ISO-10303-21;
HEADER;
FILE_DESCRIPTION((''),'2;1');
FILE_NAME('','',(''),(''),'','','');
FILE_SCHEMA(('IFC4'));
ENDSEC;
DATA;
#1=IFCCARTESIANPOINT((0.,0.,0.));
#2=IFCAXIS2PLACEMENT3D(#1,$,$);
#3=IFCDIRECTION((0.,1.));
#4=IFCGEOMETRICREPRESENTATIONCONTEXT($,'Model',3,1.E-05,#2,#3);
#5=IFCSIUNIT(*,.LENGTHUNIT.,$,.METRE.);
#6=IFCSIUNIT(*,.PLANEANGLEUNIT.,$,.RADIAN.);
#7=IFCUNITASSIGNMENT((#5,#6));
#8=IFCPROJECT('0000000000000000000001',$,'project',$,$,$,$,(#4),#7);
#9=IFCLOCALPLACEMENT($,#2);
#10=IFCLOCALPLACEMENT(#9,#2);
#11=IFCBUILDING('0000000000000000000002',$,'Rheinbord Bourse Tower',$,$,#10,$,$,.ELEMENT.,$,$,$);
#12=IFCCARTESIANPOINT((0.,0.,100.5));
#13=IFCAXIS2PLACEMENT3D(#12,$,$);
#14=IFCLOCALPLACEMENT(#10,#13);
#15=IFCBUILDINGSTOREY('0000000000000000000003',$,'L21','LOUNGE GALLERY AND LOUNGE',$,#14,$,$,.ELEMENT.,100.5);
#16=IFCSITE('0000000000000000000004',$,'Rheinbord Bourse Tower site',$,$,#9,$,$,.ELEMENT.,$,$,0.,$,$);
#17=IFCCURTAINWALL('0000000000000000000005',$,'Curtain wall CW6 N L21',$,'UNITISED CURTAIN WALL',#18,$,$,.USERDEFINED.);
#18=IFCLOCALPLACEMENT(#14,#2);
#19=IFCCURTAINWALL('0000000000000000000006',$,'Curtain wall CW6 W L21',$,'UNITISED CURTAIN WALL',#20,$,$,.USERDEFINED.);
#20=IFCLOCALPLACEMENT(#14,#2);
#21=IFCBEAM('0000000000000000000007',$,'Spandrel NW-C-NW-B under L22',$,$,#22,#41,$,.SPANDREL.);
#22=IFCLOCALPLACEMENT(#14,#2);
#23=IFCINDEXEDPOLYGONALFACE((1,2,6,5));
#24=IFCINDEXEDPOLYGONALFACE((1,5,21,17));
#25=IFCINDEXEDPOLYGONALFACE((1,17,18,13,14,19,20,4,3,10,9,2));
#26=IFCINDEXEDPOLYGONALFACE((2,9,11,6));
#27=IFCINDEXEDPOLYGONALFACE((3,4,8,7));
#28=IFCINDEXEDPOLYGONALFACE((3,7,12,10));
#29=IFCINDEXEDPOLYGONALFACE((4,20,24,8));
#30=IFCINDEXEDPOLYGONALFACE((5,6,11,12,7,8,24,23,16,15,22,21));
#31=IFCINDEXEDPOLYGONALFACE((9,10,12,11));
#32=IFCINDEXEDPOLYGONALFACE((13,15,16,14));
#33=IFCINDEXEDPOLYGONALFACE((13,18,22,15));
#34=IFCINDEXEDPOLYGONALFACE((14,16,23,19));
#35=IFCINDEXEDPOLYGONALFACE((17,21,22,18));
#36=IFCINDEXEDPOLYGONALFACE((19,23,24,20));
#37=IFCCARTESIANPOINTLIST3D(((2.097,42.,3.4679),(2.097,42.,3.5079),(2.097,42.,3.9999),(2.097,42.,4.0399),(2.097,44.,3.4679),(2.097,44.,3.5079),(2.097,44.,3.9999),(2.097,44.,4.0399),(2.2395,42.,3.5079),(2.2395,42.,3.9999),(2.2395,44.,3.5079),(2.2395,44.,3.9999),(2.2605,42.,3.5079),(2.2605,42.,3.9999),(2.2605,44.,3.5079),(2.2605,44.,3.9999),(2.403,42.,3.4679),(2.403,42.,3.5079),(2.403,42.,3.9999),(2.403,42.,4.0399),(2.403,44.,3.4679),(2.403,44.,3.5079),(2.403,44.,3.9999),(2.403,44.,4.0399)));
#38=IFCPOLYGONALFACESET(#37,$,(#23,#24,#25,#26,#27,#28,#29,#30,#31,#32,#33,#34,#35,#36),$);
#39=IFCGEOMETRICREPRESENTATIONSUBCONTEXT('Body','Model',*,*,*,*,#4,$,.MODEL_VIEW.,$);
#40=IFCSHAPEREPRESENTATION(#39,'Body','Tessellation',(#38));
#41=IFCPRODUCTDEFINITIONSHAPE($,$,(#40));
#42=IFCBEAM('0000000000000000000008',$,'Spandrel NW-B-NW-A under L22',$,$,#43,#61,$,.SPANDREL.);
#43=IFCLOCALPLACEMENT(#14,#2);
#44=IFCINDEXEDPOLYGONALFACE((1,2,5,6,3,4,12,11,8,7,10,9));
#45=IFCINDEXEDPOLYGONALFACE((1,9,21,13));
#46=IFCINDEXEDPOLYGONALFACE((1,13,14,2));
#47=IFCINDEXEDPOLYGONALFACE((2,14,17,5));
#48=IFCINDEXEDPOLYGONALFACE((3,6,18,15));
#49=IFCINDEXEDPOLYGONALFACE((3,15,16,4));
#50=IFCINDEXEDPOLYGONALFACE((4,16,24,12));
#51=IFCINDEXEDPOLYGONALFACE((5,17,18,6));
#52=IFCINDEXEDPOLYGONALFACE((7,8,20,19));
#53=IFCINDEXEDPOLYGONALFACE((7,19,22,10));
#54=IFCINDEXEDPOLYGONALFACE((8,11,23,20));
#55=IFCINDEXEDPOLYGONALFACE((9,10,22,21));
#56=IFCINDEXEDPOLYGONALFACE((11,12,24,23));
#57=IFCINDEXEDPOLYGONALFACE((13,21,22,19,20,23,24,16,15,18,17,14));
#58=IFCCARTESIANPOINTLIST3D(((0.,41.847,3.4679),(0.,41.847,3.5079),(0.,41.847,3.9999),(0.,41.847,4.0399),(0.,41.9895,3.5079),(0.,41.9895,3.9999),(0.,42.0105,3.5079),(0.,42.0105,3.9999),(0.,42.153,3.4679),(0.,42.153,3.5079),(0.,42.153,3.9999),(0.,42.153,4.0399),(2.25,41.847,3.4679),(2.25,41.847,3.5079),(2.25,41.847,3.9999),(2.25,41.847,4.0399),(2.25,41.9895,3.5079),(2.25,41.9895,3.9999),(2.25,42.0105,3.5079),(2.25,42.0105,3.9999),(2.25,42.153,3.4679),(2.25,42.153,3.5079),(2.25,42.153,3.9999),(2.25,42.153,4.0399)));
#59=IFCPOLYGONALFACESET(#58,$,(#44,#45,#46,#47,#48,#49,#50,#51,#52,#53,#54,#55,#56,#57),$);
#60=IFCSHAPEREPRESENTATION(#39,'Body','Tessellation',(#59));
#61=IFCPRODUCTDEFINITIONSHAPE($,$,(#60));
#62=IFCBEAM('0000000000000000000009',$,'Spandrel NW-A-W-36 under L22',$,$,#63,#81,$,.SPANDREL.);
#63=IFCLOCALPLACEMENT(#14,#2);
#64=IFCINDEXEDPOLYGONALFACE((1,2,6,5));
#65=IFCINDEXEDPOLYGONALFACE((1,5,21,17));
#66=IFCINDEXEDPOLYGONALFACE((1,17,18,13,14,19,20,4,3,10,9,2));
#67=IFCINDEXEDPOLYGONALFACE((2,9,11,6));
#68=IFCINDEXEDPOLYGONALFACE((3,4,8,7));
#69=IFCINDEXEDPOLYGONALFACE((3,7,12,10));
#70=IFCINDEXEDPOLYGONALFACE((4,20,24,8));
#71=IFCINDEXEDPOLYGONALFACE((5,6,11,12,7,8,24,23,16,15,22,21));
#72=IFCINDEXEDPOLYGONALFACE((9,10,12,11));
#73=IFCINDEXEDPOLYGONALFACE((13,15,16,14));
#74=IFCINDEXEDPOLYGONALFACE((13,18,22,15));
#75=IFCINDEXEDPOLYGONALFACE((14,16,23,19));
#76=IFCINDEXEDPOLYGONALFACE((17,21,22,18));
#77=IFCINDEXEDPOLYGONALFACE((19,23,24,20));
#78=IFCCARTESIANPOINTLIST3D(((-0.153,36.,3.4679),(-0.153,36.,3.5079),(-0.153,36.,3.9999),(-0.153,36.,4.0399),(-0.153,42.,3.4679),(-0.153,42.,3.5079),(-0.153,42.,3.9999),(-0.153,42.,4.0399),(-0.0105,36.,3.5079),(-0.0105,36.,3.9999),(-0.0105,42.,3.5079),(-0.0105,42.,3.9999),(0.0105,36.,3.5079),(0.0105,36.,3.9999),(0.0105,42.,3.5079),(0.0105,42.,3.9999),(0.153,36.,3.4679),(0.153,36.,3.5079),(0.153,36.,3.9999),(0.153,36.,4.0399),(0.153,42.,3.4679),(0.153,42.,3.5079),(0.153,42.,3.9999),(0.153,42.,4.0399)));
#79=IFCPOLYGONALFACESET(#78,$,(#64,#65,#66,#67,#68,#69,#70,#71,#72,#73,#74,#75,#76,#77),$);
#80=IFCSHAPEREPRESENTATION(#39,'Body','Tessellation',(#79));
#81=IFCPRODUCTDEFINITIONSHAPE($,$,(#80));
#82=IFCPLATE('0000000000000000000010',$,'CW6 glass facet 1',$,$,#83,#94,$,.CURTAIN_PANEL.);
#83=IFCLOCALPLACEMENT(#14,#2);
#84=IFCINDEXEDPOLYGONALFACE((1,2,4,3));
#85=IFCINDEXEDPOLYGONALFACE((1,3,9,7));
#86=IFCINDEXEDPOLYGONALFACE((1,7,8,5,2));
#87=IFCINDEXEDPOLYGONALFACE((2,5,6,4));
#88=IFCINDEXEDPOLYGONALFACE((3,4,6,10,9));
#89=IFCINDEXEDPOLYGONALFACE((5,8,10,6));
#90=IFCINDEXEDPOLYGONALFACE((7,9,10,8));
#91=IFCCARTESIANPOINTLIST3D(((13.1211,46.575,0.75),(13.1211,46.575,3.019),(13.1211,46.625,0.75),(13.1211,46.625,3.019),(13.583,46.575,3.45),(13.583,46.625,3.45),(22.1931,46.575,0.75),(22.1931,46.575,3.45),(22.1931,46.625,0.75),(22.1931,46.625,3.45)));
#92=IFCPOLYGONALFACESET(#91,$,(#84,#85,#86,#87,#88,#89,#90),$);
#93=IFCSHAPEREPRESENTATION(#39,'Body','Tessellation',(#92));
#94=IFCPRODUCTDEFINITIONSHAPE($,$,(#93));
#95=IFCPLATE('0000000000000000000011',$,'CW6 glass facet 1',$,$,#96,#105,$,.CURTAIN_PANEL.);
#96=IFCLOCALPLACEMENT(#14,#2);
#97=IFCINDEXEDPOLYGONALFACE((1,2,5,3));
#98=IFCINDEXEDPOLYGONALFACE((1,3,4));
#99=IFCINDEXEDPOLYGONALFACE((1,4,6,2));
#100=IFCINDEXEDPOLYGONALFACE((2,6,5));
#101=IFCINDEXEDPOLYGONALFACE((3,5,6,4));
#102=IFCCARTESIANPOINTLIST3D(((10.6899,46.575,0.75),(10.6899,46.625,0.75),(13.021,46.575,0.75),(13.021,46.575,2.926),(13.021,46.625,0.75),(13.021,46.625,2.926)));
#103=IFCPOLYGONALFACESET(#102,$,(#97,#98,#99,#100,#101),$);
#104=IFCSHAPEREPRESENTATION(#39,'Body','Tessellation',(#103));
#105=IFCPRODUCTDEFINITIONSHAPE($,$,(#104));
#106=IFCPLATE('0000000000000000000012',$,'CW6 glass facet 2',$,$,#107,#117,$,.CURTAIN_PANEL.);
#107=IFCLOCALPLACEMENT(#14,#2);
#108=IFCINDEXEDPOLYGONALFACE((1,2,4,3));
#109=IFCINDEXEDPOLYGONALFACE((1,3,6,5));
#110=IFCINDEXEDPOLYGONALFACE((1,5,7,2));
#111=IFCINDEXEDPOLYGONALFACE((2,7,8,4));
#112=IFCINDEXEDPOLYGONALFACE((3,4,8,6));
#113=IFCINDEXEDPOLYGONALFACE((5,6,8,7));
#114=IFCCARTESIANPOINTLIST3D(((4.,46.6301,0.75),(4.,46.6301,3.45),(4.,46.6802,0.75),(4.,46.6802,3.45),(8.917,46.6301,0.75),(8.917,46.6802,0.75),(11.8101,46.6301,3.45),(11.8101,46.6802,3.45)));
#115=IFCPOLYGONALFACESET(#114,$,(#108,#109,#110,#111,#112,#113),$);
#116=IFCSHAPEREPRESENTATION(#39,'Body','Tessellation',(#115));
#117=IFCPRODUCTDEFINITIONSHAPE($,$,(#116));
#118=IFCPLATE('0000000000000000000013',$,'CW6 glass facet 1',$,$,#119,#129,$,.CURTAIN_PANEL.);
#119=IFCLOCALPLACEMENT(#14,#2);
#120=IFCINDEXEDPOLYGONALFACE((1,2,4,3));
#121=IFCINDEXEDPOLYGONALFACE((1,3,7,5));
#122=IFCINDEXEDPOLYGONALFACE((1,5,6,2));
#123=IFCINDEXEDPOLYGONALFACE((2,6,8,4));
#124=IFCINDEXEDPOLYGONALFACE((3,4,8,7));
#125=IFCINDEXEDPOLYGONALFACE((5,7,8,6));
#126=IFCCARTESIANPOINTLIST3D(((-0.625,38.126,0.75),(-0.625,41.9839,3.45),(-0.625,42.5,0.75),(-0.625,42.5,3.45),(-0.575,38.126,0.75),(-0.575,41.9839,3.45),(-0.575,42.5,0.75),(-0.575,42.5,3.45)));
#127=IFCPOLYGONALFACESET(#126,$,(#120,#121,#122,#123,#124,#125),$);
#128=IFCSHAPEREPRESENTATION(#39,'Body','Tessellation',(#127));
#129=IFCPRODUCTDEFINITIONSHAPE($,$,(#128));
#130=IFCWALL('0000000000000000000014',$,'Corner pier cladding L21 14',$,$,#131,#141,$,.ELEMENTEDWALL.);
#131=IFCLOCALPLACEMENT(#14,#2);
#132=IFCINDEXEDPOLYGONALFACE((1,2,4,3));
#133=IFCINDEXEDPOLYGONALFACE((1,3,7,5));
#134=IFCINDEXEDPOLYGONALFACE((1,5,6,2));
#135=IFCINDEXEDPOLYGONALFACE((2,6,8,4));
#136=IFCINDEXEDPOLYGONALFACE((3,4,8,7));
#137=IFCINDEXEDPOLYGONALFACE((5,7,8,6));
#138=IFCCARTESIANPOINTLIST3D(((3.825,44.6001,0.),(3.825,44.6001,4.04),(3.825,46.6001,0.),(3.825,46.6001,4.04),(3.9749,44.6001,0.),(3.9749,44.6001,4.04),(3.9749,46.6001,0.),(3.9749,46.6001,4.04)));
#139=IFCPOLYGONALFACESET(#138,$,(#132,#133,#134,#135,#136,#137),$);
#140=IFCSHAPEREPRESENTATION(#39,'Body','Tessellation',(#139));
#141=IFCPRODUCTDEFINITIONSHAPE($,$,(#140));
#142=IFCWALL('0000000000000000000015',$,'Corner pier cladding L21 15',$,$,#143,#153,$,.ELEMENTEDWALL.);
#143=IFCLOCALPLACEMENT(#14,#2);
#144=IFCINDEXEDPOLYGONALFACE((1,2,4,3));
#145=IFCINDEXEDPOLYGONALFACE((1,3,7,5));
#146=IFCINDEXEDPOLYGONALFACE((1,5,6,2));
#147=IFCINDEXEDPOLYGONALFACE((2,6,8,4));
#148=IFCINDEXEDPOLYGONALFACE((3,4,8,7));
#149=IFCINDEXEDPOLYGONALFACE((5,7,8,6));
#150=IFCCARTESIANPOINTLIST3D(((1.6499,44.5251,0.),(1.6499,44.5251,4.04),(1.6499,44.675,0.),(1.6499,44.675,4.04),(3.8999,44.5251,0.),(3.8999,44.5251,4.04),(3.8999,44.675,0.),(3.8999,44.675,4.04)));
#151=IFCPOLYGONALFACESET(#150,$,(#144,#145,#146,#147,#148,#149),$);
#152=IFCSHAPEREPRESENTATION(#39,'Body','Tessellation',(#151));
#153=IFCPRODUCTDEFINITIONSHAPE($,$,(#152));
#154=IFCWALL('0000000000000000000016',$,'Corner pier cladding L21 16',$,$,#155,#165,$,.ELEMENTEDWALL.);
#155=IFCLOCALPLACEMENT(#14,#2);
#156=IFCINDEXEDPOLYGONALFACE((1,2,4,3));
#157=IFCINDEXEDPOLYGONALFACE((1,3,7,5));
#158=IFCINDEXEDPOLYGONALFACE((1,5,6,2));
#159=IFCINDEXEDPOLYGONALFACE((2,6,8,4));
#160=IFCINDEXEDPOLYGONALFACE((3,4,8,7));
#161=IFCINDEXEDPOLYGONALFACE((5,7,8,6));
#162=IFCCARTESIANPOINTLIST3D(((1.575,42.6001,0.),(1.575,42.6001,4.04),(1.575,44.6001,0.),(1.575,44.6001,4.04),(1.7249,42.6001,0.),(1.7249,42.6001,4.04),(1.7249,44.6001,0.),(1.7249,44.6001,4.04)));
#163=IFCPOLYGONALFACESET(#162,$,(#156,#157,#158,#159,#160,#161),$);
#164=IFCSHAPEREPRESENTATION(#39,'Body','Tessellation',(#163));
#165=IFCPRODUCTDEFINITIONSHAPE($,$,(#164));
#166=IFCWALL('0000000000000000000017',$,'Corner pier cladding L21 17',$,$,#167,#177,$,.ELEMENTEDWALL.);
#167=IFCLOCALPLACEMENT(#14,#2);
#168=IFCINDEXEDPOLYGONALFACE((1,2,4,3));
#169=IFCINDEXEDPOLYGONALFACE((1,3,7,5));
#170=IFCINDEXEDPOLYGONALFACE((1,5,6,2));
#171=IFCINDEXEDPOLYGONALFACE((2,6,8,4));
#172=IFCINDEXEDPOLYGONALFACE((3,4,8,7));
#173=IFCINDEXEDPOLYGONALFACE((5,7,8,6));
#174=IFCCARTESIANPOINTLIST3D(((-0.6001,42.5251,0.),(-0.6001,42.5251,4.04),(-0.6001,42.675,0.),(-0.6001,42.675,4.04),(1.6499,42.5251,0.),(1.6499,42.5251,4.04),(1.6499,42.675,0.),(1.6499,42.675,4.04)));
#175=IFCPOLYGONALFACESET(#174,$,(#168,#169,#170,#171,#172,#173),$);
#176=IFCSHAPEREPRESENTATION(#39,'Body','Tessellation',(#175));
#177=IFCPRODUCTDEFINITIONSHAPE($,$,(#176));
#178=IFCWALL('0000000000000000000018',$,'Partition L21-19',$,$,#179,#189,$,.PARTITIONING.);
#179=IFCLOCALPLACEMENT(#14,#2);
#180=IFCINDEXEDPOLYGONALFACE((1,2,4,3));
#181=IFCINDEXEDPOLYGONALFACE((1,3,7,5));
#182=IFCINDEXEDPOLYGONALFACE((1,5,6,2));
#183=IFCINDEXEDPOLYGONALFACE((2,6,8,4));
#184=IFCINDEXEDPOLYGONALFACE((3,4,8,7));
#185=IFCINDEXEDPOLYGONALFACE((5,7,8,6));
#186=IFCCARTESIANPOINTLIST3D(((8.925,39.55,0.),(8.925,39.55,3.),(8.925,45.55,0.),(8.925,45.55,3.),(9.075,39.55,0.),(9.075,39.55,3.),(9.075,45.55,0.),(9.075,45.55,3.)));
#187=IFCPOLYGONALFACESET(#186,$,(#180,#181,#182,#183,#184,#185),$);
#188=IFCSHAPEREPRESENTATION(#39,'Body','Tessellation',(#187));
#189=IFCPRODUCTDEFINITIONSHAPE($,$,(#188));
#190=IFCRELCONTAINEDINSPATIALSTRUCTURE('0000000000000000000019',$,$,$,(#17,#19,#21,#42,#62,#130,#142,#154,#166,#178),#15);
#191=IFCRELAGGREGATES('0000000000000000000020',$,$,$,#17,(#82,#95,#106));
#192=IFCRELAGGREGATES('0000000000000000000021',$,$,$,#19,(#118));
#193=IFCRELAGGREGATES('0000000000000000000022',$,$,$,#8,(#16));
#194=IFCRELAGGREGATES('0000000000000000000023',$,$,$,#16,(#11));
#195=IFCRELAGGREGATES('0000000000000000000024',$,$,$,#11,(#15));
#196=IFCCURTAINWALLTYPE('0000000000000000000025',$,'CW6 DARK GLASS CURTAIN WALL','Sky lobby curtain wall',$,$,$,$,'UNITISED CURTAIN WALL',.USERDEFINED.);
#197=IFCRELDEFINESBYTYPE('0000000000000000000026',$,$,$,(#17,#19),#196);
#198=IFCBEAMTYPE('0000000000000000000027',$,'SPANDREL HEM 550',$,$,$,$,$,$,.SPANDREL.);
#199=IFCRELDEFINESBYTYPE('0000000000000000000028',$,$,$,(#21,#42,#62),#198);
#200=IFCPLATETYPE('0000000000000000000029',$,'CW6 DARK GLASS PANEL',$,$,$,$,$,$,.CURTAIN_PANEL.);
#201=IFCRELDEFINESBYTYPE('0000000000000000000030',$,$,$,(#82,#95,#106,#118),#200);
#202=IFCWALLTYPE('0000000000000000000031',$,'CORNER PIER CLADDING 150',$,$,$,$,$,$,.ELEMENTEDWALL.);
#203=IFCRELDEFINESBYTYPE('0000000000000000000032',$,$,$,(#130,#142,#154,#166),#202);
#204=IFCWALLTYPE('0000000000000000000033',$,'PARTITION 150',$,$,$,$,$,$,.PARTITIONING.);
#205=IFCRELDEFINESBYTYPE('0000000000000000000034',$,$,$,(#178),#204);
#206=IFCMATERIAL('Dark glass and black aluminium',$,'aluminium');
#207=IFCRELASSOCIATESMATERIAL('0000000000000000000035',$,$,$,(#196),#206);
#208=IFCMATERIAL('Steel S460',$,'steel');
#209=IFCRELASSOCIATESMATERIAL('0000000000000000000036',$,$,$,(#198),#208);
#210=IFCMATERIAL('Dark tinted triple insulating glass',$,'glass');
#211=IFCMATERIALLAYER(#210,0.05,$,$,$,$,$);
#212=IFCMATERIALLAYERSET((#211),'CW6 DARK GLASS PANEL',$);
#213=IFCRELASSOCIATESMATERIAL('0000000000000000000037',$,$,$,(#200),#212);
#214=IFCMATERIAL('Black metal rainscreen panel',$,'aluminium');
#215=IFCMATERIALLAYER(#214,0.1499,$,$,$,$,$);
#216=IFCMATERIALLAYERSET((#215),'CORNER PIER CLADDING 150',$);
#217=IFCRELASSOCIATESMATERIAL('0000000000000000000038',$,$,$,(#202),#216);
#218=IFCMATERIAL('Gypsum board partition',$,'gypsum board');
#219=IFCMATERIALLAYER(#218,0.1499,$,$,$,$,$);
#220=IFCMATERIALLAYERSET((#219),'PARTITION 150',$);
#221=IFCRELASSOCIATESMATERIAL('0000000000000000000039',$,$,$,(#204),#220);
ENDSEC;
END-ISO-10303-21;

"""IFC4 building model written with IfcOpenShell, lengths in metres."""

from ifc_helpers import new_model, si_unit, direction, frame, frame_2d, origin, origin_2d, place, context, subcontext, project, spatial, polyline, rectangle, i_section, outline, extrude, material, layer, layer_set, material_profile, profile_set, type_object, element, aggregate, save


model = new_model("IFC4")

# Units and contexts
model_context = context("Model", 3, precision=1e-05, world=origin(), true_north=direction((0.0, 1.0)))
body_context = subcontext(model_context, "Body", "Model", "MODEL_VIEW")
ifc_project = project(units=[si_unit("LENGTHUNIT", "METRE"), si_unit("PLANEANGLEUNIT", "RADIAN")], contexts=[model_context])

# Site, building, storey
site_placement = place(None, origin())
site = spatial("IfcSite", under=ifc_project, at=site_placement, Name="Rheinbord Bourse Tower site", CompositionType="ELEMENT", RefElevation=0.0)
building_placement = place(site_placement, origin())
building = spatial("IfcBuilding", under=site, at=building_placement, Name="Rheinbord Bourse Tower", CompositionType="ELEMENT")
storey_placement = place(building_placement, frame((0.0, 0.0, 100.5)))
storey = spatial("IfcBuildingStorey", under=building, at=storey_placement, Name="L21", Description="LOUNGE GALLERY AND LOUNGE", CompositionType="ELEMENT", Elevation=100.5)

# Curtain wall
ifc_material_1 = material(Name="Dark glass and black aluminium", Category="aluminium")
curtain_wall_type = type_object("IfcCurtainWallType", Name="CW6 DARK GLASS CURTAIN WALL", Description="Sky lobby curtain wall", ElementType="UNITISED CURTAIN WALL", PredefinedType="USERDEFINED", material=ifc_material_1)
curtain_wall_1_placement = place(storey_placement, origin())
curtain_wall_1 = element("IfcCurtainWall", 1, at=curtain_wall_1_placement, inside=storey, type_object=curtain_wall_type, Name="Curtain wall CW6 N L21", ObjectType="UNITISED CURTAIN WALL", PredefinedType="USERDEFINED")

# Curtain wall
curtain_wall_2_placement = place(storey_placement, origin())
curtain_wall_2 = element("IfcCurtainWall", 2, at=curtain_wall_2_placement, inside=storey, type_object=curtain_wall_type, Name="Curtain wall CW6 W L21", ObjectType="UNITISED CURTAIN WALL", PredefinedType="USERDEFINED")

# Beams
ifc_material_2 = material(Name="Steel S460", Category="steel")
ifc_material_profile_1 = material_profile(ifc_material_2, i_section(OverallWidth=0.3059, OverallDepth=0.572, WebThickness=0.021, FlangeThickness=0.04, at=origin_2d()), Name="HEM 550")
ifc_profile_set_1 = profile_set([ifc_material_profile_1], Name="Steel S460")
beam_type_1 = type_object("IfcBeamType", Name="SPANDREL HEM 550", PredefinedType="SPANDREL", material=ifc_profile_set_1)
beam_1_placement = place(storey_placement, frame((2.25, 44.0, 3.7539), z_axis=(0.0, -1.0, 0.0), x_axis=(1.0, 0.0, 0.0)))
element("IfcBeam", 3, at=beam_1_placement, inside=storey, type_object=beam_type_1, Name="Spandrel NW-C-NW-B under L22", PredefinedType="SPANDREL", context=body_context, shape_type="SweptSolid", body=[
    extrude(i_section(OverallWidth=0.3059, OverallDepth=0.572, WebThickness=0.021, FlangeThickness=0.04, at=origin_2d()), origin(), (0.0, 0.0, 1.0), 2.0),
])
beam_2_placement = place(storey_placement, frame((2.25, 42.0, 3.7539), z_axis=(-1.0, 0.0, 0.0), x_axis=(0.0, -1.0, 0.0)))
element("IfcBeam", 4, at=beam_2_placement, inside=storey, type_object=beam_type_1, Name="Spandrel NW-B-NW-A under L22", PredefinedType="SPANDREL", context=body_context, shape_type="SweptSolid", body=[
    extrude(i_section(OverallWidth=0.3059, OverallDepth=0.572, WebThickness=0.021, FlangeThickness=0.04, at=origin_2d()), origin(), (0.0, 0.0, 1.0), 2.25),
])
beam_3_placement = place(storey_placement, frame((0.0, 42.0, 3.7539), z_axis=(0.0, -1.0, 0.0), x_axis=(1.0, 0.0, 0.0)))
element("IfcBeam", 5, at=beam_3_placement, inside=storey, type_object=beam_type_1, Name="Spandrel NW-A-W-36 under L22", PredefinedType="SPANDREL", context=body_context, shape_type="SweptSolid", body=[
    extrude(i_section(OverallWidth=0.3059, OverallDepth=0.572, WebThickness=0.021, FlangeThickness=0.04, at=origin_2d()), origin(), (0.0, 0.0, 1.0), 6.0),
])

# Plates
ifc_material_3 = material(Name="Dark tinted triple insulating glass", Category="glass")
ifc_layer_1 = layer(ifc_material_3, 0.05)
ifc_layer_set_1 = layer_set([ifc_layer_1], Name="CW6 DARK GLASS PANEL")
plate_type = type_object("IfcPlateType", Name="CW6 DARK GLASS PANEL", PredefinedType="CURTAIN_PANEL", material=ifc_layer_set_1)
plate_1_placement = place(storey_placement, frame((13.1211, 46.625, 0.75), z_axis=(0.0, -1.0, 0.0), x_axis=(1.0, 0.0, 0.0)))
plate_1 = element("IfcPlate", 6, at=plate_1_placement, type_object=plate_type, Name="CW6 glass facet 1", PredefinedType="CURTAIN_PANEL", context=body_context, shape_type="SweptSolid", body=[
    extrude(outline(polyline([(0.0, 0.0), (9.072, 0.0), (9.072, 2.7), (0.4619, 2.7), (0.0, 2.269), (0.0, 0.0)])), origin(), (0.0, 0.0, 1.0), 0.05),
])
plate_2_placement = place(storey_placement, frame((13.021, 46.625, 0.75), z_axis=(0.0, -1.0, 0.0), x_axis=(0.0, 0.0, 1.0)))
plate_2 = element("IfcPlate", 7, at=plate_2_placement, type_object=plate_type, Name="CW6 glass facet 1", PredefinedType="CURTAIN_PANEL", context=body_context, shape_type="SweptSolid", body=[
    extrude(outline(polyline([(0.0, 0.0), (2.176, 0.0), (0.0, 2.3311), (0.0, 0.0)])), origin(), (0.0, 0.0, 1.0), 0.05),
])
plate_3_placement = place(storey_placement, frame((4.0, 46.6802, 3.45), z_axis=(0.0, -1.0, 0.0), x_axis=(0.0, 0.0, -1.0)))
plate_3 = element("IfcPlate", 8, at=plate_3_placement, type_object=plate_type, Name="CW6 glass facet 2", PredefinedType="CURTAIN_PANEL", context=body_context, shape_type="SweptSolid", body=[
    extrude(outline(polyline([(0.0, 0.0), (2.7, 0.0), (2.7, 4.917), (0.0, 7.8101), (0.0, 0.0)])), origin(), (0.0, 0.0, 1.0), 0.05),
])
aggregate(curtain_wall_1, [plate_1, plate_2, plate_3])
plate_4_placement = place(storey_placement, frame((-0.625, 42.5, 0.75), z_axis=(1.0, 0.0, 0.0), x_axis=(0.0, 0.0, 1.0)))
plate_4 = element("IfcPlate", 9, at=plate_4_placement, type_object=plate_type, Name="CW6 glass facet 1", PredefinedType="CURTAIN_PANEL", context=body_context, shape_type="SweptSolid", body=[
    extrude(outline(polyline([(0.0, 0.0), (2.7, 0.0), (2.7, 0.5161), (0.0, 4.374), (0.0, 0.0)])), origin(), (0.0, 0.0, 1.0), 0.05),
])
aggregate(curtain_wall_2, [plate_4])

# Walls
ifc_material_4 = material(Name="Black metal rainscreen panel", Category="aluminium")
ifc_layer_2 = layer(ifc_material_4, 0.1499)
ifc_layer_set_2 = layer_set([ifc_layer_2], Name="CORNER PIER CLADDING 150")
wall_type_1 = type_object("IfcWallType", Name="CORNER PIER CLADDING 150", PredefinedType="ELEMENTEDWALL", material=ifc_layer_set_2)
wall_1_placement = place(storey_placement, frame((3.8999, 46.6001, 0.0), z_axis=(0.0, 0.0, 1.0), x_axis=(0.0, -1.0, 0.0)))
element("IfcWall", 10, at=wall_1_placement, inside=storey, type_object=wall_type_1, Name="Corner pier cladding L21 14", PredefinedType="ELEMENTEDWALL", context=body_context, shape_type="SweptSolid", body=[
    extrude(rectangle(XDim=2.0, YDim=0.1499, at=frame_2d((1.0, 0.0))), origin(), (0.0, 0.0, 1.0), 4.04),
])
wall_2_placement = place(storey_placement, frame((3.8999, 44.6001, 0.0), z_axis=(0.0, 0.0, 1.0), x_axis=(-1.0, 0.0, 0.0)))
element("IfcWall", 11, at=wall_2_placement, inside=storey, type_object=wall_type_1, Name="Corner pier cladding L21 15", PredefinedType="ELEMENTEDWALL", context=body_context, shape_type="SweptSolid", body=[
    extrude(rectangle(XDim=2.25, YDim=0.1499, at=frame_2d((1.125, 0.0))), origin(), (0.0, 0.0, 1.0), 4.04),
])
wall_3_placement = place(storey_placement, frame((1.6499, 44.6001, 0.0), z_axis=(0.0, 0.0, 1.0), x_axis=(0.0, -1.0, 0.0)))
element("IfcWall", 12, at=wall_3_placement, inside=storey, type_object=wall_type_1, Name="Corner pier cladding L21 16", PredefinedType="ELEMENTEDWALL", context=body_context, shape_type="SweptSolid", body=[
    extrude(rectangle(XDim=2.0, YDim=0.1499, at=frame_2d((1.0, 0.0))), origin(), (0.0, 0.0, 1.0), 4.04),
])
wall_4_placement = place(storey_placement, frame((1.6499, 42.6001, 0.0), z_axis=(0.0, 0.0, 1.0), x_axis=(-1.0, 0.0, 0.0)))
element("IfcWall", 13, at=wall_4_placement, inside=storey, type_object=wall_type_1, Name="Corner pier cladding L21 17", PredefinedType="ELEMENTEDWALL", context=body_context, shape_type="SweptSolid", body=[
    extrude(rectangle(XDim=2.25, YDim=0.1499, at=frame_2d((1.125, 0.0))), origin(), (0.0, 0.0, 1.0), 4.04),
])
ifc_material_5 = material(Name="Gypsum board partition", Category="gypsum board")
ifc_layer_3 = layer(ifc_material_5, 0.1499)
ifc_layer_set_3 = layer_set([ifc_layer_3], Name="PARTITION 150")
wall_type_2 = type_object("IfcWallType", Name="PARTITION 150", PredefinedType="PARTITIONING", material=ifc_layer_set_3)
wall_5_placement = place(storey_placement, frame((9.0, 39.55, 0.0), z_axis=(0.0, 0.0, 1.0), x_axis=(0.0, 1.0, 0.0)))
element("IfcWall", 14, at=wall_5_placement, inside=storey, type_object=wall_type_2, Name="Partition L21-19", PredefinedType="PARTITIONING", context=body_context, shape_type="SweptSolid", body=[
    extrude(rectangle(XDim=6.0, YDim=0.1499, at=frame_2d((3.0, 0.0))), origin(), (0.0, 0.0, 1.0), 3.0),
])

save(model, "model.ifc")
